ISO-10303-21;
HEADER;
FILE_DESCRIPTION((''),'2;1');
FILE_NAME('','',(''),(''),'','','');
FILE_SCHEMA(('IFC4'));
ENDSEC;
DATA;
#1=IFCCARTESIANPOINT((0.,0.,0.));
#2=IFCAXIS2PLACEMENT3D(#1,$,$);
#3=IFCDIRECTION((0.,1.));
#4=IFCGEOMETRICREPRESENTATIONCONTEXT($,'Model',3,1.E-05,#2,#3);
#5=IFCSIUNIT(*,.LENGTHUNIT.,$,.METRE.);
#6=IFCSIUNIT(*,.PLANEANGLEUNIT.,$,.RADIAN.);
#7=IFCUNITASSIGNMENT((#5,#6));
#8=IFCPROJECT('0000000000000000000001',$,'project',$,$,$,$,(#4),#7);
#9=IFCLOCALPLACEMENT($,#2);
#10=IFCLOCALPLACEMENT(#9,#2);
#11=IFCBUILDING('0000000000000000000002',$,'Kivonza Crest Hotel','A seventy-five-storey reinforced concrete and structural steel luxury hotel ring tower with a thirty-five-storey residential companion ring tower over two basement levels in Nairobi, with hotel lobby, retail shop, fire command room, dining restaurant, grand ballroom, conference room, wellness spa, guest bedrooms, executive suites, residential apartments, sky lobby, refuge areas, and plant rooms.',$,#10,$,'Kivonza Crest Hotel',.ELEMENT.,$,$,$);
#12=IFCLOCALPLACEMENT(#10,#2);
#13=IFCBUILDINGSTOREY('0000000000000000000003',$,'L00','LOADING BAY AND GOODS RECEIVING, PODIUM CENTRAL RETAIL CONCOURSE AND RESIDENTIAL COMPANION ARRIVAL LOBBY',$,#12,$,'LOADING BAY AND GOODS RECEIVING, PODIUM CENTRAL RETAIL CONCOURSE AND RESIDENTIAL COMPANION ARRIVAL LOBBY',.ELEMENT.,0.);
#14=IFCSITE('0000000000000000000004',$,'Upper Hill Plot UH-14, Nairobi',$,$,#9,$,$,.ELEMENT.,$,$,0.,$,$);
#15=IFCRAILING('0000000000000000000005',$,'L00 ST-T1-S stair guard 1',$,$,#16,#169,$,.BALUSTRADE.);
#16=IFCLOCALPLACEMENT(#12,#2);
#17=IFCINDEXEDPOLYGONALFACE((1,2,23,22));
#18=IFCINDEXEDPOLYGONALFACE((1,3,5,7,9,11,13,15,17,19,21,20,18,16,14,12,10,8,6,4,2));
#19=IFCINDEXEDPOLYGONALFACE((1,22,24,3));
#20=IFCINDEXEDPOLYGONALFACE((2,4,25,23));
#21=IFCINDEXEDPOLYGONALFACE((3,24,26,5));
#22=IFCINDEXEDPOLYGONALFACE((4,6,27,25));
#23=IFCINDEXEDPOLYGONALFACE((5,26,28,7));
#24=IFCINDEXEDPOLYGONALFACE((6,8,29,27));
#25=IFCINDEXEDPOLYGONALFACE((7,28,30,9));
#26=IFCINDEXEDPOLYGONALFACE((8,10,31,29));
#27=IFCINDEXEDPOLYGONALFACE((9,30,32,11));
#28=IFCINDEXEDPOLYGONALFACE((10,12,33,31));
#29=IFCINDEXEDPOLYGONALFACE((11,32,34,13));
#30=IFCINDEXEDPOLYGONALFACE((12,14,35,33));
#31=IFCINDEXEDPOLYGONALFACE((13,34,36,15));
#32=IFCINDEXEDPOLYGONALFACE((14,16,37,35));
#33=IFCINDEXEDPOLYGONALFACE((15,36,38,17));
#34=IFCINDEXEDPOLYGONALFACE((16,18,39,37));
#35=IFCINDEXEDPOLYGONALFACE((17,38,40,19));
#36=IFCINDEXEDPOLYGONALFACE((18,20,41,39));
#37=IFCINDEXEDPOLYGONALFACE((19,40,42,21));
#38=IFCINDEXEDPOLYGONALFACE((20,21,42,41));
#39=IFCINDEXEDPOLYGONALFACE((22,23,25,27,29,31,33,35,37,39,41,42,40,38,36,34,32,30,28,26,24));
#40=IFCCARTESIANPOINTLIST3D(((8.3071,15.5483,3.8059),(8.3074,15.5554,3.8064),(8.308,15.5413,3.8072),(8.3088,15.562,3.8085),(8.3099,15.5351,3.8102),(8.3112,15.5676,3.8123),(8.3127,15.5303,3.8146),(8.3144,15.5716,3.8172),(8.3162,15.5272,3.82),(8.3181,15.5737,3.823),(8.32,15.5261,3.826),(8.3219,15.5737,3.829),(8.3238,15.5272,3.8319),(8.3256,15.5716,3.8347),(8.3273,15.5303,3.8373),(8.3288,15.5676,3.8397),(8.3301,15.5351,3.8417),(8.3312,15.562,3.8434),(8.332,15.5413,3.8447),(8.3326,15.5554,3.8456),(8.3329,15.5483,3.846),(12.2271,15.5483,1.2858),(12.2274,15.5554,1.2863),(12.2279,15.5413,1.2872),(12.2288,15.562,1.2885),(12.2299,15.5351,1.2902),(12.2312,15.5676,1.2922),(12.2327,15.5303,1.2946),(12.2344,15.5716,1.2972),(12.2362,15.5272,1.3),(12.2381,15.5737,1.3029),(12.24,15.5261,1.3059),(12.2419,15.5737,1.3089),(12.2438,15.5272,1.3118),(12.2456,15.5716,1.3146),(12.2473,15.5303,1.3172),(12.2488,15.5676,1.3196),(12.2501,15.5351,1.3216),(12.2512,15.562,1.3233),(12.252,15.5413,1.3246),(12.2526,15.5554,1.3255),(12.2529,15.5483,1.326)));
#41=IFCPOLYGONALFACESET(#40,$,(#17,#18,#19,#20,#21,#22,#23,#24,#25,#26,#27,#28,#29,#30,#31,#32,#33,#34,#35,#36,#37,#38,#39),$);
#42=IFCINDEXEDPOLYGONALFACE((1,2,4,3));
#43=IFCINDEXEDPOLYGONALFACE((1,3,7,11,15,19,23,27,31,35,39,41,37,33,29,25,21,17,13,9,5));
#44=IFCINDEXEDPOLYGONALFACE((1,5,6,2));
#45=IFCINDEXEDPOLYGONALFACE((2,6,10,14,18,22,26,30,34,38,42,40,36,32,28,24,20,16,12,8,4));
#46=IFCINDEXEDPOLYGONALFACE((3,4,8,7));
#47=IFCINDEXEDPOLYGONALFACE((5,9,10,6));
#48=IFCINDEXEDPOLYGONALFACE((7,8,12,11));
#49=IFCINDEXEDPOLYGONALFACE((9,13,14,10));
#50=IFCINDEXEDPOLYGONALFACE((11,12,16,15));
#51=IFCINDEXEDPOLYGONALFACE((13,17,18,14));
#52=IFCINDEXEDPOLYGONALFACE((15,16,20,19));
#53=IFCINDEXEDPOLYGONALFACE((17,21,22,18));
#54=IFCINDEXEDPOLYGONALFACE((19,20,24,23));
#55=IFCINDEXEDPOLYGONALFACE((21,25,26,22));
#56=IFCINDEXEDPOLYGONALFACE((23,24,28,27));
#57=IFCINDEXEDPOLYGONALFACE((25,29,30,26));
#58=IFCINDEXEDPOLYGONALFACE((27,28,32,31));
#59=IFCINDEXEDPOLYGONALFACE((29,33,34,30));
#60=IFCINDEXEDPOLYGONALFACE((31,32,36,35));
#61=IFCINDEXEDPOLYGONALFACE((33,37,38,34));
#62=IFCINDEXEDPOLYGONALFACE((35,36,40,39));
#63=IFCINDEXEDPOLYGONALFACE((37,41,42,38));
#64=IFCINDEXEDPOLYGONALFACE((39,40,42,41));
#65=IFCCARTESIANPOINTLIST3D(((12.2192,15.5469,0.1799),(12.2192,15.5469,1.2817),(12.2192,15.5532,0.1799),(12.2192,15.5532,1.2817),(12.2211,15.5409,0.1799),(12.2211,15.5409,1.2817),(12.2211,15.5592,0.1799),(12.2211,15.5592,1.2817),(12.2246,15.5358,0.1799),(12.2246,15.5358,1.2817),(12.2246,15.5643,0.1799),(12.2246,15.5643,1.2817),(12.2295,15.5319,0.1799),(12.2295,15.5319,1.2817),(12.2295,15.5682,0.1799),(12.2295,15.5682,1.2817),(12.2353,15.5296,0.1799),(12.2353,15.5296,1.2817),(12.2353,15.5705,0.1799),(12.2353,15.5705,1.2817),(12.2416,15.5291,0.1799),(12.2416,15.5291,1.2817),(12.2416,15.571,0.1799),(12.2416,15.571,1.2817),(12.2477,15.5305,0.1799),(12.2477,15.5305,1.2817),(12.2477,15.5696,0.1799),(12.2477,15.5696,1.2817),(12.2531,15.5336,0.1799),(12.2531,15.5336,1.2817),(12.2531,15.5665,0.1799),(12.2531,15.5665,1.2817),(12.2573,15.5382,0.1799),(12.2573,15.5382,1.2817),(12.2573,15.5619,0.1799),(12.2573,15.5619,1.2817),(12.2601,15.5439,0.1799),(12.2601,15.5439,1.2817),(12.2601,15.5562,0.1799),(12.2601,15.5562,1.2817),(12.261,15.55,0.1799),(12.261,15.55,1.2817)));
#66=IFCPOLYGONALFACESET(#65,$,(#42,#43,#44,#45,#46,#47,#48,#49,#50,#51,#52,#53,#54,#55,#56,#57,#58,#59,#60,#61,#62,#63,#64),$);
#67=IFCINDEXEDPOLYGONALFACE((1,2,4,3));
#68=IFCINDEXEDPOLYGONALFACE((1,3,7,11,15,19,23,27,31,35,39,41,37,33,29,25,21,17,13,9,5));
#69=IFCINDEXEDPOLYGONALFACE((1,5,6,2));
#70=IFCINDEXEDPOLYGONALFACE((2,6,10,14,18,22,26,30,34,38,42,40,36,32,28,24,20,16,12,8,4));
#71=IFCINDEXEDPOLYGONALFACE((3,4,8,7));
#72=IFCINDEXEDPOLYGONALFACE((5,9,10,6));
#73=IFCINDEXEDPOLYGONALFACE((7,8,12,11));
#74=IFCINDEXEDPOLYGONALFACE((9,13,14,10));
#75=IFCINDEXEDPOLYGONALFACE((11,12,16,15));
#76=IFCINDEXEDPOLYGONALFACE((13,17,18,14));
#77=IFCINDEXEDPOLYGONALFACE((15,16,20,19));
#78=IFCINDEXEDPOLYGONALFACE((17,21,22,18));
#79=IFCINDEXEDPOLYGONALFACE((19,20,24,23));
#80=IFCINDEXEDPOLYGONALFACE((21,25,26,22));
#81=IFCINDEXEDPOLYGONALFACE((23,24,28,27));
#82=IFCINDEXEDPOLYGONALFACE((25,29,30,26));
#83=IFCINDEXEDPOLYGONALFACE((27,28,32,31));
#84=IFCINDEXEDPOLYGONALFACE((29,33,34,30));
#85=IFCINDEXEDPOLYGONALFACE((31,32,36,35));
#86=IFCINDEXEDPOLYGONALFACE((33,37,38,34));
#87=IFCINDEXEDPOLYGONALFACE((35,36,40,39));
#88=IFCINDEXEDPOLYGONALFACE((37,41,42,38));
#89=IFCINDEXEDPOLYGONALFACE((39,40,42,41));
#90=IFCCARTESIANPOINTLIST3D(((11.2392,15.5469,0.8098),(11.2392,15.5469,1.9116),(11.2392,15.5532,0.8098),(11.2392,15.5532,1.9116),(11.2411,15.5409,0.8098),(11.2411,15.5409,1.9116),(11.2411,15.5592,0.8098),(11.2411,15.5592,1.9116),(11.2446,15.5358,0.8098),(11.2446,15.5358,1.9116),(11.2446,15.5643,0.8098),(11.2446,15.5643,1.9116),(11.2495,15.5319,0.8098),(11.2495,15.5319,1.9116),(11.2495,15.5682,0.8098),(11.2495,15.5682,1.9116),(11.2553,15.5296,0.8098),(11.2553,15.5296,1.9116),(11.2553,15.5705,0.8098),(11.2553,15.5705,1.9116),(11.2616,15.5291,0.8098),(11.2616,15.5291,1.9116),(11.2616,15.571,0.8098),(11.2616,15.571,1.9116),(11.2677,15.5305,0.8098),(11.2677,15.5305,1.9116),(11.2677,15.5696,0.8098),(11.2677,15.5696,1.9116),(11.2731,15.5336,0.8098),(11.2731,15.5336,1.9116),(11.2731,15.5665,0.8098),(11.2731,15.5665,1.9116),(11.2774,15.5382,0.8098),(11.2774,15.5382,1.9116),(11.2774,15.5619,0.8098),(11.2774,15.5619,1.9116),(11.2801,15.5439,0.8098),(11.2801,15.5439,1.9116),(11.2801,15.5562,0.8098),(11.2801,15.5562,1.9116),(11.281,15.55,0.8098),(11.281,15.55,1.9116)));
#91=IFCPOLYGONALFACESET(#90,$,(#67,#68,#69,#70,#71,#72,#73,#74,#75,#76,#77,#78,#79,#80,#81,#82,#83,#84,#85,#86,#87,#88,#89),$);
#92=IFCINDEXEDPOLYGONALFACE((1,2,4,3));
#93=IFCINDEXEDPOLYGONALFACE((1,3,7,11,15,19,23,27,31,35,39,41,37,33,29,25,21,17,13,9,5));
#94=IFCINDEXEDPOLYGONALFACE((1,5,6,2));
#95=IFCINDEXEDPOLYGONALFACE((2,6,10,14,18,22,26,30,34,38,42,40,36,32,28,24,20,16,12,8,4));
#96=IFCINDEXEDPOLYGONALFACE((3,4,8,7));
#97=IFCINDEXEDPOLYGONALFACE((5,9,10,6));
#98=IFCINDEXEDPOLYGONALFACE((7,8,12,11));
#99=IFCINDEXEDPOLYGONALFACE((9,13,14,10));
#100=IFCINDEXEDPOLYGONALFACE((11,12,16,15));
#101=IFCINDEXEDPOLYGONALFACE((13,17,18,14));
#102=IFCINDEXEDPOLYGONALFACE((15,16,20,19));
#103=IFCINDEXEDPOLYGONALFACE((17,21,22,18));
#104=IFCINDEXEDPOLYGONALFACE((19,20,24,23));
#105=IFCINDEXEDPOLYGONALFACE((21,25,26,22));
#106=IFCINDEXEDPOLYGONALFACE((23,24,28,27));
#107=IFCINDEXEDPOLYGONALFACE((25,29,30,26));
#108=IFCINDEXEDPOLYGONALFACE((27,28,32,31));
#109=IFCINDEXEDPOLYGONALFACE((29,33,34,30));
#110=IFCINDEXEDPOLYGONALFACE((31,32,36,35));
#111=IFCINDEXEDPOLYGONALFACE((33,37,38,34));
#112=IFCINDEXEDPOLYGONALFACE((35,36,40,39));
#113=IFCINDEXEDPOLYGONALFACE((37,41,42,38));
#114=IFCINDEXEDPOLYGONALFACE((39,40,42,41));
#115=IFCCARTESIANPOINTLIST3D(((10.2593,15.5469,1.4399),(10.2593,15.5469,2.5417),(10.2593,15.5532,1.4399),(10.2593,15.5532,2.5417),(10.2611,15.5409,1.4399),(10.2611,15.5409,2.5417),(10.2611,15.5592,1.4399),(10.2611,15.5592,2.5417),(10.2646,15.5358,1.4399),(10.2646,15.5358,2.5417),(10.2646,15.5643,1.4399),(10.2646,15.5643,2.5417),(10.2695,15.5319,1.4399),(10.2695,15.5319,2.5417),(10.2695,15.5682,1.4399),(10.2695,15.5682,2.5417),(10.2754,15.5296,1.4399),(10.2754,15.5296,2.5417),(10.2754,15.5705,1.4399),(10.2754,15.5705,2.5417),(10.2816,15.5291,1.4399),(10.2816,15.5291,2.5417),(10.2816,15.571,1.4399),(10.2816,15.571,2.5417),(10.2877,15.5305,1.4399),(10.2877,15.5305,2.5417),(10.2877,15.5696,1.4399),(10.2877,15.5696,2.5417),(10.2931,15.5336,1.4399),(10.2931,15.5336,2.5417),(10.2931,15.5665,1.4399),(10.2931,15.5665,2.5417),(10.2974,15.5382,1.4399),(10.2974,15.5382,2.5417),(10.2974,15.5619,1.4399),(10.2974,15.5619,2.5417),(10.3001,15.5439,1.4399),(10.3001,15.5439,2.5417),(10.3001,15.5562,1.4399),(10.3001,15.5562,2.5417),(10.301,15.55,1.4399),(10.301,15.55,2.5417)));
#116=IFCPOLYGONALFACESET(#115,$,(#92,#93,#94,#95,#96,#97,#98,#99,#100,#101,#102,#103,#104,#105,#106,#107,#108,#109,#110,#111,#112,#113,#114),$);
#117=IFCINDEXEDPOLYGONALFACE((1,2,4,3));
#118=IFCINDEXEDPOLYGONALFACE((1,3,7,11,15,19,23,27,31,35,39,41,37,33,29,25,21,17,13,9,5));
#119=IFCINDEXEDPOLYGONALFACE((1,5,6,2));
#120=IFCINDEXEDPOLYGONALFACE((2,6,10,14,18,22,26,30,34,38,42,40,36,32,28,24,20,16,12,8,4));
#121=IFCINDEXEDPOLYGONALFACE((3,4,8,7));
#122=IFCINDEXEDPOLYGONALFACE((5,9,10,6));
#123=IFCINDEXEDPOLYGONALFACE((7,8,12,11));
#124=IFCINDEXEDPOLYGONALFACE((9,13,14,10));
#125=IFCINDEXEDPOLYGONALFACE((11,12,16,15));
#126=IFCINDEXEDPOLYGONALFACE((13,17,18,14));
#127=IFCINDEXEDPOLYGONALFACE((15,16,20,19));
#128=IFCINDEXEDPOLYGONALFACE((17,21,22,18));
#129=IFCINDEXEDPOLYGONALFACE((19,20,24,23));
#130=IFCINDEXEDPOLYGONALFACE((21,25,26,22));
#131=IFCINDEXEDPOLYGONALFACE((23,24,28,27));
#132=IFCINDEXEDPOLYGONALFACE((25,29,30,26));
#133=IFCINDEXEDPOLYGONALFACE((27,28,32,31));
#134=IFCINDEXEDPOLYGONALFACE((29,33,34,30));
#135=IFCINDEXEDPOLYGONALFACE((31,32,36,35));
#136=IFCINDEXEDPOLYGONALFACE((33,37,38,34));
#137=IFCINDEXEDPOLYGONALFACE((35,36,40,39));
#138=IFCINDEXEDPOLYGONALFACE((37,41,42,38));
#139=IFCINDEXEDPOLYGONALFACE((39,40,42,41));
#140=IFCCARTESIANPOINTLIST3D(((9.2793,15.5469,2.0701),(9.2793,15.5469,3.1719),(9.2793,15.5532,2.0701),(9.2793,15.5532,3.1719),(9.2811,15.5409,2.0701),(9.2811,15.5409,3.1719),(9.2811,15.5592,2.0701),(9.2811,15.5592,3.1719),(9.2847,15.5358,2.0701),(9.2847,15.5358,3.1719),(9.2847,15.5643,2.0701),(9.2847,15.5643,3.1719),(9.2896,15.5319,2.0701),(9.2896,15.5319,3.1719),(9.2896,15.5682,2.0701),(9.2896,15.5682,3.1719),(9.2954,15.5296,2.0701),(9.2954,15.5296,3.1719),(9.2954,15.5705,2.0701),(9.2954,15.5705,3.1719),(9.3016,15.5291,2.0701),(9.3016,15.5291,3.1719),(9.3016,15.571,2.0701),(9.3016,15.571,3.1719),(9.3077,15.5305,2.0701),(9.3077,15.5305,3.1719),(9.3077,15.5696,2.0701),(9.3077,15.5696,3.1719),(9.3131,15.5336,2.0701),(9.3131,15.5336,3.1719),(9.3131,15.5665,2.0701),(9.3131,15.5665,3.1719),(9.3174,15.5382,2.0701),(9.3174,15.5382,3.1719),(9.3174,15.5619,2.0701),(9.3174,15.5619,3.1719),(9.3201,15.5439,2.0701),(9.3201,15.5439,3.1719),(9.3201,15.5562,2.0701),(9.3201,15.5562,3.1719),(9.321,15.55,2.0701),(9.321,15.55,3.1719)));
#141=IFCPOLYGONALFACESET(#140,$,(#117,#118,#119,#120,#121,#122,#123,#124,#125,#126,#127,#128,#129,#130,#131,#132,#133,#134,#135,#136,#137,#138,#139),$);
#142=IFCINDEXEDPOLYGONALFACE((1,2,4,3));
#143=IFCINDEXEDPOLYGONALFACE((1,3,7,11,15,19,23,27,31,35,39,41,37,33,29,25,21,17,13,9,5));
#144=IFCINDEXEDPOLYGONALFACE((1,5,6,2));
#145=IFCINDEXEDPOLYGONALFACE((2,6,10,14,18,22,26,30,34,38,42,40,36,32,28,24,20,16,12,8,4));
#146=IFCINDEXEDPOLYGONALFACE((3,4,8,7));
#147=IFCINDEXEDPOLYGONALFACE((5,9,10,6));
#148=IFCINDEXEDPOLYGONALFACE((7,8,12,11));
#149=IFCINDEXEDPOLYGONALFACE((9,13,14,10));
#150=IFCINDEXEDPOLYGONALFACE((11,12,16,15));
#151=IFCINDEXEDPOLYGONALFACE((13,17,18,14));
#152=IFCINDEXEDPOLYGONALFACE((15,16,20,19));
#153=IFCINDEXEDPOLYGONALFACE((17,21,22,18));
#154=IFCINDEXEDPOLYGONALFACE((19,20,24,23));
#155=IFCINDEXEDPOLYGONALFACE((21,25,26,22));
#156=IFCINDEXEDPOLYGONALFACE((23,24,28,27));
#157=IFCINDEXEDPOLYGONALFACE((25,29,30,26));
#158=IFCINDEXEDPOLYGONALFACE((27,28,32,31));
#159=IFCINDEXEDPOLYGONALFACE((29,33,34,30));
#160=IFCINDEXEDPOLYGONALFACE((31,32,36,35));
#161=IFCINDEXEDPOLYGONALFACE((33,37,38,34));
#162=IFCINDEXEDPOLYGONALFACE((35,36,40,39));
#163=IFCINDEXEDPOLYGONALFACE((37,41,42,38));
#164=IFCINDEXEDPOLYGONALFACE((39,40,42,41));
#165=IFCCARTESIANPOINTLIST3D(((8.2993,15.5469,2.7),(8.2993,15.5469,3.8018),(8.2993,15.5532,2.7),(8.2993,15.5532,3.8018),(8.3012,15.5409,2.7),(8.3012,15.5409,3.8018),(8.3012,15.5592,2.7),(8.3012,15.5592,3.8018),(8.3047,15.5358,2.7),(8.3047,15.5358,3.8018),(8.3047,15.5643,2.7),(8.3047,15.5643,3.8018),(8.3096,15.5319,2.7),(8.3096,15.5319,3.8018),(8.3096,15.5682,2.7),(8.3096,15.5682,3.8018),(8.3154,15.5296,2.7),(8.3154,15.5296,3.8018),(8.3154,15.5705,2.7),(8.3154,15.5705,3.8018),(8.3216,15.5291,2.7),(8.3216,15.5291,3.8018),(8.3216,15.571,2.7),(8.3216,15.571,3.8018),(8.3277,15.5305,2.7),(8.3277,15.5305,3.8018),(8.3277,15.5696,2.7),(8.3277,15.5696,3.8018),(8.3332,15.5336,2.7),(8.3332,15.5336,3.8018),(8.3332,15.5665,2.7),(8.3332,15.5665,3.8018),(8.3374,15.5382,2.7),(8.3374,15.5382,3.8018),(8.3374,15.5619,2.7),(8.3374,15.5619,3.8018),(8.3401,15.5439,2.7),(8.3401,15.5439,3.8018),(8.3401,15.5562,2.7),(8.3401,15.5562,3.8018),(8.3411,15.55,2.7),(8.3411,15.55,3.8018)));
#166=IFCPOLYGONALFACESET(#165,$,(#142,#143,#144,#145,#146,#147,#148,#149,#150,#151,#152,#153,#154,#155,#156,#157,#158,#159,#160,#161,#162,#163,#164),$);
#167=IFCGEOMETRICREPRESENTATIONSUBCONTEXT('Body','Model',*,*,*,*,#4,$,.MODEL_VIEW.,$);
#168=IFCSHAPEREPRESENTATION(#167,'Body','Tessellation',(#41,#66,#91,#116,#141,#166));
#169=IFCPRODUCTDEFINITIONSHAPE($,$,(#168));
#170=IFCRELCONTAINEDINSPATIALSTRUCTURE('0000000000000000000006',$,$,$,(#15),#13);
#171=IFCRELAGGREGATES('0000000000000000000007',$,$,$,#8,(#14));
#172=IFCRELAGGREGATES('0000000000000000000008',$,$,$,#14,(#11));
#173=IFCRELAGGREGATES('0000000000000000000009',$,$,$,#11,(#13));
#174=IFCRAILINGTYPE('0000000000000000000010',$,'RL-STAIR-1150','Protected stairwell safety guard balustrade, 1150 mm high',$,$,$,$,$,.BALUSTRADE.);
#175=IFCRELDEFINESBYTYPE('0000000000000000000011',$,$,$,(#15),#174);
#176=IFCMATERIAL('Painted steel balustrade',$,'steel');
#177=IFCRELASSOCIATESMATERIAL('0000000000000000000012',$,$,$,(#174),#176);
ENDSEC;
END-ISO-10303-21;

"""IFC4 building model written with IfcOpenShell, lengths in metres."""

from ifc_helpers import new_model, si_unit, direction, frame, origin, origin_2d, place, context, subcontext, project, spatial, circle, extrude, material, type_object, element, save


model = new_model("IFC4")

# Units and contexts
model_context = context("Model", 3, precision=1e-05, world=origin(), true_north=direction((0.0, 1.0)))
body_context = subcontext(model_context, "Body", "Model", "MODEL_VIEW")
ifc_project = project(units=[si_unit("LENGTHUNIT", "METRE"), si_unit("PLANEANGLEUNIT", "RADIAN")], contexts=[model_context])

# Site, building, storey
site_placement = place(None, origin())
site = spatial("IfcSite", under=ifc_project, at=site_placement, Name="Upper Hill Plot UH-14, Nairobi", CompositionType="ELEMENT", RefElevation=0.0)
building_placement = place(site_placement, origin())
building = spatial("IfcBuilding", under=site, at=building_placement, Name="Kivonza Crest Hotel", Description="A seventy-five-storey reinforced concrete and structural steel luxury hotel ring tower with a thirty-five-storey residential companion ring tower over two basement levels in Nairobi, with hotel lobby, retail shop, fire command room, dining restaurant, grand ballroom, conference room, wellness spa, guest bedrooms, executive suites, residential apartments, sky lobby, refuge areas, and plant rooms.", LongName="Kivonza Crest Hotel", CompositionType="ELEMENT")
storey_placement = place(building_placement, origin())
storey = spatial("IfcBuildingStorey", under=building, at=storey_placement, Name="L00", Description="LOADING BAY AND GOODS RECEIVING, PODIUM CENTRAL RETAIL CONCOURSE AND RESIDENTIAL COMPANION ARRIVAL LOBBY", LongName="LOADING BAY AND GOODS RECEIVING, PODIUM CENTRAL RETAIL CONCOURSE AND RESIDENTIAL COMPANION ARRIVAL LOBBY", CompositionType="ELEMENT", Elevation=0.0)

# Railing
ifc_material_1 = material(Name="Painted steel balustrade", Category="steel")
railing_type_1 = type_object("IfcRailingType", Name="RL-STAIR-1150", Description="Protected stairwell safety guard balustrade, 1150 mm high", PredefinedType="BALUSTRADE", material=ifc_material_1)
railing_1_placement = place(storey_placement, frame((12.24, 15.55, 0.1799)))
element("IfcRailing", 1, at=railing_1_placement, inside=storey, type_object=railing_type_1, Name="L00 ST-T1-S stair guard 1", PredefinedType="BALUSTRADE", context=body_context, shape_type="SweptSolid", body=[
    extrude(circle(Radius=0.0239, at=origin_2d()), frame((0.0, 0.0, 1.126), z_axis=(-0.841172, 0.0, 0.540768), x_axis=(0.0, -1.0, 0.0)), (0.0, 0.0, 1.0), 4.6602),
    extrude(circle(Radius=0.021, at=origin_2d()), origin(), (0.0, 0.0, 1.0), 1.1018),
    extrude(circle(Radius=0.021, at=origin_2d()), frame((-0.98, 0.0, 0.6299)), (0.0, 0.0, 1.0), 1.1018),
    extrude(circle(Radius=0.021, at=origin_2d()), frame((-1.96, 0.0, 1.26)), (0.0, 0.0, 1.0), 1.1018),
    extrude(circle(Radius=0.021, at=origin_2d()), frame((-2.9399, 0.0, 1.8901)), (0.0, 0.0, 1.0), 1.1018),
    extrude(circle(Radius=0.021, at=origin_2d()), frame((-3.9199, 0.0, 2.52)), (0.0, 0.0, 1.0), 1.1018),
])

save(model, "model.ifc")
